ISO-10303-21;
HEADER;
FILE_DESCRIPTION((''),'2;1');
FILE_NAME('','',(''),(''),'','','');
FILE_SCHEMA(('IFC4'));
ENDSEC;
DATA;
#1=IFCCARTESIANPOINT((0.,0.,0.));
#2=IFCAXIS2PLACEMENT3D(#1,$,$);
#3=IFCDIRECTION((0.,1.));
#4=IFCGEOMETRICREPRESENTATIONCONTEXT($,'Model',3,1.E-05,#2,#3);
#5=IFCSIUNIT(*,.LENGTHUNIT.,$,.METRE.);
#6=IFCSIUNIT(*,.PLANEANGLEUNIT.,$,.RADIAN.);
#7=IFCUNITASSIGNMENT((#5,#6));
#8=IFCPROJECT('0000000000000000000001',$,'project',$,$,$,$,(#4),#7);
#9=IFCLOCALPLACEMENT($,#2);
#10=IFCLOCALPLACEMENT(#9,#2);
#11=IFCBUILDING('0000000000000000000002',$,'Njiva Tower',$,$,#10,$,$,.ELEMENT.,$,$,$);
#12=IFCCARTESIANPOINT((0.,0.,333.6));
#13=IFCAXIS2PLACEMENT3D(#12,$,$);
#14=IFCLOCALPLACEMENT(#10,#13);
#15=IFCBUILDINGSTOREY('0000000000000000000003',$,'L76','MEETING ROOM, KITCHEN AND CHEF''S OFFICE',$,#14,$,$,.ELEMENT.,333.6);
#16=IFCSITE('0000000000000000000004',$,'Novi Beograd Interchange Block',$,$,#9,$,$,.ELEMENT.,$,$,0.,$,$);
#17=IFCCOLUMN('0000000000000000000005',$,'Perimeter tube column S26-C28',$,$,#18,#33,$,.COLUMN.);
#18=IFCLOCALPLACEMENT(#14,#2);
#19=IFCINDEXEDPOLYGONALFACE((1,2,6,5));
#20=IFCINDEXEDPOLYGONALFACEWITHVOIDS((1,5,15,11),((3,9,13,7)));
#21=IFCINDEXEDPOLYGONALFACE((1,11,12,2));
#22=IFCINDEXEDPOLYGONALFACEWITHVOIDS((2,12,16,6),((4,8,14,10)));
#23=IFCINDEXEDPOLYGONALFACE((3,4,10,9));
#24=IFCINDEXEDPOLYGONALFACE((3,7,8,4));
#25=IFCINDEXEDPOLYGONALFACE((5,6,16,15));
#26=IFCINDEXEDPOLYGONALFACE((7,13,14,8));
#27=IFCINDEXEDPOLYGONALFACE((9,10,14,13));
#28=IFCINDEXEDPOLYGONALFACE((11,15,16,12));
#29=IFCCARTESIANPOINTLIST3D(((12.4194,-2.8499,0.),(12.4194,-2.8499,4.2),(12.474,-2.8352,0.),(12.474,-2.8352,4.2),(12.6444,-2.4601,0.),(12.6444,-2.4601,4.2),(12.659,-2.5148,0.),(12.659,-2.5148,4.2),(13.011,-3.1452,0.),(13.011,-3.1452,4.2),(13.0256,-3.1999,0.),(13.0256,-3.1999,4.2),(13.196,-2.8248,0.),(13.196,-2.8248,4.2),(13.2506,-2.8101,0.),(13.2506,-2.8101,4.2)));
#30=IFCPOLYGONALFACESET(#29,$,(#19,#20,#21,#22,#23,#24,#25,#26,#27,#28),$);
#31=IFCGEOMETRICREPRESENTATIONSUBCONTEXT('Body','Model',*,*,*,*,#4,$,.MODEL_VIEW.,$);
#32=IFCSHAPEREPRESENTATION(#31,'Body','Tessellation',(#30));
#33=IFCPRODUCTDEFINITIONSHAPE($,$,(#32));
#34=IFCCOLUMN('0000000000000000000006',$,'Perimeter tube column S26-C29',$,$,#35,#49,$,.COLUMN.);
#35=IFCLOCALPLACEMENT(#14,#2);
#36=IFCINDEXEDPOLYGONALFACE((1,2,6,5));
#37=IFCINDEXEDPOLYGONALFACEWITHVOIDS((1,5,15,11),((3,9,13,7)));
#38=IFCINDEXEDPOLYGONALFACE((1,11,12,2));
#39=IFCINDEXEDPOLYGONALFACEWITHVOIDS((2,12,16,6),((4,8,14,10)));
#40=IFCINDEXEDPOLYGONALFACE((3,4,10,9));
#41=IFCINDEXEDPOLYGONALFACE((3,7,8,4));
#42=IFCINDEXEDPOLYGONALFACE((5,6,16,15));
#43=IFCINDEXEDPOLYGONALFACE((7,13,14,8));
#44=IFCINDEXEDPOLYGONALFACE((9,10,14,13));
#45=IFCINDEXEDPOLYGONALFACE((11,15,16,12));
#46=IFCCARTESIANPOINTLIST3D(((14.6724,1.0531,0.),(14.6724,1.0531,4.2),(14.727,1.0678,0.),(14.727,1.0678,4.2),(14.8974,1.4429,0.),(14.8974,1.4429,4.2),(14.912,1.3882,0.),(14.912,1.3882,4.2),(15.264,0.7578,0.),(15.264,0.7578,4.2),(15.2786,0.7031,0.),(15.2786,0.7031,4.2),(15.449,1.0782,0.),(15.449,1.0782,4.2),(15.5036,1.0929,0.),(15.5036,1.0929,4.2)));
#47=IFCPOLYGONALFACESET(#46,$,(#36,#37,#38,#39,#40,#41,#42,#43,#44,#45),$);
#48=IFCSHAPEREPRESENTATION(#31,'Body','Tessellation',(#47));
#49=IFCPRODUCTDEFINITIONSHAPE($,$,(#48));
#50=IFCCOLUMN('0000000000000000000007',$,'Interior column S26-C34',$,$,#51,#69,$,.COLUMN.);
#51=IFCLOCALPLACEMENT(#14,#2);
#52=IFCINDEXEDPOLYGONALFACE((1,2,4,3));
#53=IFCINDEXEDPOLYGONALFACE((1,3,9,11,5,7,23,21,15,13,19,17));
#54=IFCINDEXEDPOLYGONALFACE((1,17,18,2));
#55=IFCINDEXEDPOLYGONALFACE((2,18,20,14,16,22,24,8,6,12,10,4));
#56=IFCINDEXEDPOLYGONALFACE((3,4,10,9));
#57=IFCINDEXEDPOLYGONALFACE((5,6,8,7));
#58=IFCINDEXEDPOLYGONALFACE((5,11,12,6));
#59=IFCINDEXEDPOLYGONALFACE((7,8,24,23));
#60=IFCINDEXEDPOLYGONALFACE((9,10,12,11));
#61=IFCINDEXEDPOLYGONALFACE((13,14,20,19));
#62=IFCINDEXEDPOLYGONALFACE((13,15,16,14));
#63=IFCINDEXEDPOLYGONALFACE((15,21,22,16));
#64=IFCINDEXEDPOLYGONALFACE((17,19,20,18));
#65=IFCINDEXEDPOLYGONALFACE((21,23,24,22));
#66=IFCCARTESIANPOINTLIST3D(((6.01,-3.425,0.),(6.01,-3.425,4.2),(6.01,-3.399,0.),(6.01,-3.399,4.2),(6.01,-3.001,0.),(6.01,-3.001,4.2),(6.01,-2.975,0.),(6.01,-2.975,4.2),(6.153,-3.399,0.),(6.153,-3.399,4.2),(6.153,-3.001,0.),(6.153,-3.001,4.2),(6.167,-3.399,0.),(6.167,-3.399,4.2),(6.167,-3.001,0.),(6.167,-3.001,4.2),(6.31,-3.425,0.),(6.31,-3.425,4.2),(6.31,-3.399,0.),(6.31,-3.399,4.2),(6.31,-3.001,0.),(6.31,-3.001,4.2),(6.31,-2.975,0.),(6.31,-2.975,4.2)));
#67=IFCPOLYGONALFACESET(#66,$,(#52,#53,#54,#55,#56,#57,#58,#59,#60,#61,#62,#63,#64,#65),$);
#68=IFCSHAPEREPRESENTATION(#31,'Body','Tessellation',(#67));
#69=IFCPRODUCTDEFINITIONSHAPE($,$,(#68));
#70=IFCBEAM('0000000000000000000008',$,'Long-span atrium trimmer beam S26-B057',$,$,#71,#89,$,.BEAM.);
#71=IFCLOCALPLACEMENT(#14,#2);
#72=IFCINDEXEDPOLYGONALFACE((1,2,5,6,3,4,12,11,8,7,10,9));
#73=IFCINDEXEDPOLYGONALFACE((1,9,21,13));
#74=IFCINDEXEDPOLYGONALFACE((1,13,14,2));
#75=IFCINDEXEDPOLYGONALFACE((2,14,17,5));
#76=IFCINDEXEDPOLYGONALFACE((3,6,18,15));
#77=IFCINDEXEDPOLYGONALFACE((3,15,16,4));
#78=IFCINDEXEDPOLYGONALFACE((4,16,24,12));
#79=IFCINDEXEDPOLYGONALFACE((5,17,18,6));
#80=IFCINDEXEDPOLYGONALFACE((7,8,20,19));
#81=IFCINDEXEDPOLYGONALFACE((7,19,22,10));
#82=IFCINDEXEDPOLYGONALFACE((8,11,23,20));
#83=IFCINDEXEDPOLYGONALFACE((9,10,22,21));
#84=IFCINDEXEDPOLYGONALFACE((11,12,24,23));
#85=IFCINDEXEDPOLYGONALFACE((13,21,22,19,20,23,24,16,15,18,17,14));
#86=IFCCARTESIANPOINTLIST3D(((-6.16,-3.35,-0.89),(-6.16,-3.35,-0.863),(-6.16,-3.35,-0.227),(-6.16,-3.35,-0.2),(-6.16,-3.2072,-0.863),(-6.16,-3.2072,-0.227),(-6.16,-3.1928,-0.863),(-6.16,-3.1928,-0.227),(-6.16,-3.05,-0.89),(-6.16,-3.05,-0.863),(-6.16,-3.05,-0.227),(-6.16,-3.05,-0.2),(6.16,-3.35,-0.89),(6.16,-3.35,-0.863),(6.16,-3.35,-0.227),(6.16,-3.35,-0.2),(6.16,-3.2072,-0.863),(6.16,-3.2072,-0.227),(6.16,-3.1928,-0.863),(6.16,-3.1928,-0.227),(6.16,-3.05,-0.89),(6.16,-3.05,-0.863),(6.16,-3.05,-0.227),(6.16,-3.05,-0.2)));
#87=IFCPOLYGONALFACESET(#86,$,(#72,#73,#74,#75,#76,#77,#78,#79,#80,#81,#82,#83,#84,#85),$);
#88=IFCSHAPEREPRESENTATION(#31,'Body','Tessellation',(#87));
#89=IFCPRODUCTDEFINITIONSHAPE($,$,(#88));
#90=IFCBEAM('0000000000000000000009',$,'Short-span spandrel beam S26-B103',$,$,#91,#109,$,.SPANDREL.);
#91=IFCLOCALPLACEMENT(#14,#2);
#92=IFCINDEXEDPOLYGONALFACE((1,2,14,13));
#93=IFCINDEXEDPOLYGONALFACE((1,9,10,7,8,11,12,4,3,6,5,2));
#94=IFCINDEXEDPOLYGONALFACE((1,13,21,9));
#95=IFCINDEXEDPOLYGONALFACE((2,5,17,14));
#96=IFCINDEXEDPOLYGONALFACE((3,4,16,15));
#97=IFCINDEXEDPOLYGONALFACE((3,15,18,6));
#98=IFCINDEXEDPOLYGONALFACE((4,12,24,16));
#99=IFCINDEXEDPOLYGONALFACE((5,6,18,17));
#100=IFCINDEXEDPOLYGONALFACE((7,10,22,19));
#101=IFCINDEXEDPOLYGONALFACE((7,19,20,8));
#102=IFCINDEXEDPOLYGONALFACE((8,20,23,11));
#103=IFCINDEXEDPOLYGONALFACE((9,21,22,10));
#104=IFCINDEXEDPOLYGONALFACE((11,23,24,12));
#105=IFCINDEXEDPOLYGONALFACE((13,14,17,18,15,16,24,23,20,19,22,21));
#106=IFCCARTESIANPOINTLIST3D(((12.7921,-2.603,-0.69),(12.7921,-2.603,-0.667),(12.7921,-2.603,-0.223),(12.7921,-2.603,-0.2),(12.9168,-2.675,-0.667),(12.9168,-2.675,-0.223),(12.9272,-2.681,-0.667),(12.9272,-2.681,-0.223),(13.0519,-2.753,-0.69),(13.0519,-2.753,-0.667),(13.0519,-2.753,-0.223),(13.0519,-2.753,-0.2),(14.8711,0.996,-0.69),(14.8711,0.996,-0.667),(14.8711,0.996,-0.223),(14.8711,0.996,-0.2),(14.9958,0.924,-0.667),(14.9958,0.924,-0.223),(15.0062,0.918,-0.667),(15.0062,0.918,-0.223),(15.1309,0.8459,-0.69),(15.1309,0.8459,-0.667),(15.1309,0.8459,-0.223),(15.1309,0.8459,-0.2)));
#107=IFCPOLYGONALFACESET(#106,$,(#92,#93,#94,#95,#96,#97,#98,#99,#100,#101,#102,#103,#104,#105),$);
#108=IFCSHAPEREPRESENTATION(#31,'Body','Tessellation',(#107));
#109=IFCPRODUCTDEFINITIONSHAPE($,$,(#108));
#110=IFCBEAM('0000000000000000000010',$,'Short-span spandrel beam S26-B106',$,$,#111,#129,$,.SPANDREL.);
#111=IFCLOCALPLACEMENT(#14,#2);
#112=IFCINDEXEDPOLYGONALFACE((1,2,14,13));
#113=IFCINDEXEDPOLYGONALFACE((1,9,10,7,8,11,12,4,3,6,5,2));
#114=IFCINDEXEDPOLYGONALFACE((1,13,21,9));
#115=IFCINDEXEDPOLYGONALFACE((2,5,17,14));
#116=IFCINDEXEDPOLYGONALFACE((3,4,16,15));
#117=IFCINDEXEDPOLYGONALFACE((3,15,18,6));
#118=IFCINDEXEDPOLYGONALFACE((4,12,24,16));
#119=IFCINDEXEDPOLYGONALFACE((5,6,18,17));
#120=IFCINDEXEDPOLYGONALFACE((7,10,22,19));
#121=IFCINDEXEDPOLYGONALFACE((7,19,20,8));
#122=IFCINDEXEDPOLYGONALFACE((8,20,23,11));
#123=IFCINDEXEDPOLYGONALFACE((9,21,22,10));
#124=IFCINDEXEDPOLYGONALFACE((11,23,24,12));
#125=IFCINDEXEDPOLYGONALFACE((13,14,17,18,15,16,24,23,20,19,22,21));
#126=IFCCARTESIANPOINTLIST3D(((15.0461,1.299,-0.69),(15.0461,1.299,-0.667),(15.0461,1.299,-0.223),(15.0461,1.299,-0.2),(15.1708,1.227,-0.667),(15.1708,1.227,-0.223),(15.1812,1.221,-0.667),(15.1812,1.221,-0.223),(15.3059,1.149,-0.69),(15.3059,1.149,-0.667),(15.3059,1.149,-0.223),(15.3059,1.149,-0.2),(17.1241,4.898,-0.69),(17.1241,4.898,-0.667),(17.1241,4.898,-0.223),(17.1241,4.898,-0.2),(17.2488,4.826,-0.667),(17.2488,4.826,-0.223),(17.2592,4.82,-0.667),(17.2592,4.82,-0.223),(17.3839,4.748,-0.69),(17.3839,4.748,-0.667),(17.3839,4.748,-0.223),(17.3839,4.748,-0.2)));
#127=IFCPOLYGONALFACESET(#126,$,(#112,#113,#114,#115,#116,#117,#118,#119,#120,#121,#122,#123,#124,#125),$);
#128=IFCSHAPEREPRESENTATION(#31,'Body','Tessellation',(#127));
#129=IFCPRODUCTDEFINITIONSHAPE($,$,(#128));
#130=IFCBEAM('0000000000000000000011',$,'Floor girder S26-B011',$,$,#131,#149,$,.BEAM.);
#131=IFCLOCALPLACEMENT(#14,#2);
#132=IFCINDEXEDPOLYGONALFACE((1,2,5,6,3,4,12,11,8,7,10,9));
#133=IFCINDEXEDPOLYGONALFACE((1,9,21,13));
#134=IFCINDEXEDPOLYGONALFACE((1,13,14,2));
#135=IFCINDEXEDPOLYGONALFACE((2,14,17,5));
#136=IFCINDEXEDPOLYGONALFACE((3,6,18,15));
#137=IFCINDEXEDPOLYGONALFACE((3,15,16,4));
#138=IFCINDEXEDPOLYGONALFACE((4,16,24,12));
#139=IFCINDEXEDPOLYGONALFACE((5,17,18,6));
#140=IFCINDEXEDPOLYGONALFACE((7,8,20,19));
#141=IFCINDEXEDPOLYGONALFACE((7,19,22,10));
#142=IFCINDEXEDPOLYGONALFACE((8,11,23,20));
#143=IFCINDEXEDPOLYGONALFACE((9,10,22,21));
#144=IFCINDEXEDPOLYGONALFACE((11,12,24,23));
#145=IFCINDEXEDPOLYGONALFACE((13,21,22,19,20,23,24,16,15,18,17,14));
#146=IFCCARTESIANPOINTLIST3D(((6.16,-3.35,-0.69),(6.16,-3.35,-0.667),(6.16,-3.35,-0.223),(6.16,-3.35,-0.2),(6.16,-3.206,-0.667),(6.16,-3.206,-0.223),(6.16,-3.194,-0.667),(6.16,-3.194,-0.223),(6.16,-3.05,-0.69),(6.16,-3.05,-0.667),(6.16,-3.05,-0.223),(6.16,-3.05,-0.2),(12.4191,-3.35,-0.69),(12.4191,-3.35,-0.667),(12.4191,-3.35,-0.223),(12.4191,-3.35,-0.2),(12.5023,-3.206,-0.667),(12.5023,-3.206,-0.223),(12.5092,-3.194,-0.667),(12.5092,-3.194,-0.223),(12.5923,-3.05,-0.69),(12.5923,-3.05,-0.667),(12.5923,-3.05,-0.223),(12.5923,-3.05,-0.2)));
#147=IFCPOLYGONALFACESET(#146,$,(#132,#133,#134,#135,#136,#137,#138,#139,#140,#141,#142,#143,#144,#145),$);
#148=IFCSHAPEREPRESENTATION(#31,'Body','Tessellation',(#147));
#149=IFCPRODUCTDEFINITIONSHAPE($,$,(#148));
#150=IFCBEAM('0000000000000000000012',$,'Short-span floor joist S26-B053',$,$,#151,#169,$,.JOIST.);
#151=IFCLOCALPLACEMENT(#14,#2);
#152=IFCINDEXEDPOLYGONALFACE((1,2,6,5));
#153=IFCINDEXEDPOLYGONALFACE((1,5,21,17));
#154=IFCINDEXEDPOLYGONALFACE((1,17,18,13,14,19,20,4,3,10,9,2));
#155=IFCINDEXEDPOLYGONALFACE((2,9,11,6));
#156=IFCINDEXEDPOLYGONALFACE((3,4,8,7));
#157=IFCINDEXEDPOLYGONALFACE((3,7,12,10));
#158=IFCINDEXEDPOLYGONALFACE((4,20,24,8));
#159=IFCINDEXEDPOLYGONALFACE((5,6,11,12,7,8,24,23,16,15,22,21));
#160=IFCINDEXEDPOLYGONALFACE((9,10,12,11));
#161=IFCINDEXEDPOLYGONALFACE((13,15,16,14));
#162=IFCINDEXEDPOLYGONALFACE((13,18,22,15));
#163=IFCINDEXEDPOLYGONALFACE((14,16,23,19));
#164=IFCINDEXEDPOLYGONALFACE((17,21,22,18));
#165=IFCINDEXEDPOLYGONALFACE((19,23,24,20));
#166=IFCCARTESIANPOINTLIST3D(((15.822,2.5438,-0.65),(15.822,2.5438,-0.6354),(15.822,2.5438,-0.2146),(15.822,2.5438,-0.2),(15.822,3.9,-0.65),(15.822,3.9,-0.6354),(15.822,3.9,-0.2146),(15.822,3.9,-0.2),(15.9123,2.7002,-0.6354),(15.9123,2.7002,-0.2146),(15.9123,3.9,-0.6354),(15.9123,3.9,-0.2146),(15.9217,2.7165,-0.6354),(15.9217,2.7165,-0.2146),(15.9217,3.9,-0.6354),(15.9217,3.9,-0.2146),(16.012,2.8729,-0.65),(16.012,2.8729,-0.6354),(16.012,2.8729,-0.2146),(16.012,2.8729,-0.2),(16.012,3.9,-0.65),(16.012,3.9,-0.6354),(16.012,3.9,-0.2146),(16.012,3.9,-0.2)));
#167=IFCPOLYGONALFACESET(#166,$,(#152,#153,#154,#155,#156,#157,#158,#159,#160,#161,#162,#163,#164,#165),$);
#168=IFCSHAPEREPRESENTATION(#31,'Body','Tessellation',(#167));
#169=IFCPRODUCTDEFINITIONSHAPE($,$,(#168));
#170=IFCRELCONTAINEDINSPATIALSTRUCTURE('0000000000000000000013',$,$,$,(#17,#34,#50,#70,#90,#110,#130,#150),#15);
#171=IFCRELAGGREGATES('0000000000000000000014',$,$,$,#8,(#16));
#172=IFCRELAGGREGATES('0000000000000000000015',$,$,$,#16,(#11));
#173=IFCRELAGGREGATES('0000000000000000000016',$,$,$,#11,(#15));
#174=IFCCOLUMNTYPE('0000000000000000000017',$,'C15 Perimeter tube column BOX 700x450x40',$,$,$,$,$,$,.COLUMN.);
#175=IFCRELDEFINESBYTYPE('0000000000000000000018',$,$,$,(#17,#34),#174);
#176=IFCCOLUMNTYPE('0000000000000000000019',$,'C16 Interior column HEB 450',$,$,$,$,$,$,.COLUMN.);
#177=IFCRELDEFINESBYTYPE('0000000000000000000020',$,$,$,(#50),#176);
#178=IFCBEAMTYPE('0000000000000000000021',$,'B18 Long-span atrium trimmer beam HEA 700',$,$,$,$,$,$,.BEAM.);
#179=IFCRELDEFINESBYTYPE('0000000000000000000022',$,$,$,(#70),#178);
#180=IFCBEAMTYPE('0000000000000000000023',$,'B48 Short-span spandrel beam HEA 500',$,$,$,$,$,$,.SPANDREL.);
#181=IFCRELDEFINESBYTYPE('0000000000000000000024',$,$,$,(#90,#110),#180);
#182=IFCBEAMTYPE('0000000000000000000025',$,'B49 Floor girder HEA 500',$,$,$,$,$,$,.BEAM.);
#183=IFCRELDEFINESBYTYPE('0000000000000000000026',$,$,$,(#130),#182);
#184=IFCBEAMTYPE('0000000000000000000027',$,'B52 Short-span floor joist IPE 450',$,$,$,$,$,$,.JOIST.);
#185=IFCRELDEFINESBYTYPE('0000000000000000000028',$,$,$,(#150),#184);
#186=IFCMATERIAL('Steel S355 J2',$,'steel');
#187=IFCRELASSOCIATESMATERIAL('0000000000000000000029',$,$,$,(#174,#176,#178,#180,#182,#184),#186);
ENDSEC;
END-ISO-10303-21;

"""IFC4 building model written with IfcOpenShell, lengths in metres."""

from ifc_helpers import new_model, si_unit, direction, frame, origin, origin_2d, place, context, subcontext, project, spatial, hollow_rectangle, i_section, extrude, clip, halfspace, material, material_profile, profile_set, type_object, element, save


model = new_model("IFC4")

# Units and contexts
model_context = context("Model", 3, precision=1e-05, world=origin(), true_north=direction((0.0, 1.0)))
body_context = subcontext(model_context, "Body", "Model", "MODEL_VIEW")
ifc_project = project(units=[si_unit("LENGTHUNIT", "METRE"), si_unit("PLANEANGLEUNIT", "RADIAN")], contexts=[model_context])

# Site, building, storey
site_placement = place(None, origin())
site = spatial("IfcSite", under=ifc_project, at=site_placement, Name="Novi Beograd Interchange Block", CompositionType="ELEMENT", RefElevation=0.0)
building_placement = place(site_placement, origin())
building = spatial("IfcBuilding", under=site, at=building_placement, Name="Njiva Tower", CompositionType="ELEMENT")
storey_placement = place(building_placement, frame((0.0, 0.0, 333.6)))
storey = spatial("IfcBuildingStorey", under=building, at=storey_placement, Name="L76", Description="MEETING ROOM, KITCHEN AND CHEF'S OFFICE", CompositionType="ELEMENT", Elevation=333.6)

# Columns
ifc_material_1 = material(Name="Steel S355 J2", Category="steel")
ifc_material_profile_1 = material_profile(ifc_material_1, hollow_rectangle(XDim=0.45, YDim=0.7, WallThickness=0.04, at=origin_2d()), Name="BOX 700x450x40")
ifc_profile_set_1 = profile_set([ifc_material_profile_1], Name="Steel S355 J2")
column_type_1 = type_object("IfcColumnType", Name="C15 Perimeter tube column BOX 700x450x40", PredefinedType="COLUMN", material=ifc_profile_set_1)
for number, where, z_axis, x_axis, name in (
    (1, (12.835, -2.83, 0.0), (0.0, 0.0, 1.0), (0.5, 0.866025, 0.0), "Perimeter tube column S26-C28"),
    (2, (15.088, 1.073, 0.0), (0.0, 0.0, 1.0), (0.5, 0.866025, 0.0), "Perimeter tube column S26-C29"),
):
    element("IfcColumn", number, at=place(storey_placement, frame(where, z_axis=z_axis, x_axis=x_axis)), inside=storey, type_object=column_type_1, Name=name, PredefinedType="COLUMN", context=body_context, shape_type="SweptSolid", body=[
        extrude(hollow_rectangle(XDim=0.45, YDim=0.7, WallThickness=0.04, at=origin_2d()), origin(), (0.0, 0.0, 1.0), 4.2),
    ])
ifc_material_profile_2 = material_profile(ifc_material_1, i_section(OverallWidth=0.3, OverallDepth=0.45, WebThickness=0.014, FlangeThickness=0.026, at=origin_2d()), Name="HEB 450")
ifc_profile_set_2 = profile_set([ifc_material_profile_2], Name="Steel S355 J2")
column_type_2 = type_object("IfcColumnType", Name="C16 Interior column HEB 450", PredefinedType="COLUMN", material=ifc_profile_set_2)
column_placement = place(storey_placement, frame((6.16, -3.2, 0.0), z_axis=(0.0, 0.0, 1.0), x_axis=(1.0, 0.0, 0.0)))
element("IfcColumn", 3, at=column_placement, inside=storey, type_object=column_type_2, Name="Interior column S26-C34", PredefinedType="COLUMN", context=body_context, shape_type="SweptSolid", body=[
    extrude(i_section(OverallWidth=0.3, OverallDepth=0.45, WebThickness=0.014, FlangeThickness=0.026, at=origin_2d()), origin(), (0.0, 0.0, 1.0), 4.2),
])

# Beams
ifc_material_profile_3 = material_profile(ifc_material_1, i_section(OverallWidth=0.3, OverallDepth=0.69, WebThickness=0.0145, FlangeThickness=0.027, at=origin_2d()), Name="HEA 700")
ifc_profile_set_3 = profile_set([ifc_material_profile_3], Name="Steel S355 J2")
beam_type_1 = type_object("IfcBeamType", Name="B18 Long-span atrium trimmer beam HEA 700", PredefinedType="BEAM", material=ifc_profile_set_3)
beam_1_placement = place(storey_placement, frame((6.16, -3.2, -0.545), z_axis=(-1.0, 0.0, 0.0), x_axis=(0.0, -1.0, 0.0)))
element("IfcBeam", 4, at=beam_1_placement, inside=storey, type_object=beam_type_1, Name="Long-span atrium trimmer beam S26-B057", PredefinedType="BEAM", context=body_context, shape_type="SweptSolid", body=[
    extrude(i_section(OverallWidth=0.3, OverallDepth=0.69, WebThickness=0.0145, FlangeThickness=0.027, at=origin_2d()), origin(), (0.0, 0.0, 1.0), 12.32),
])
ifc_material_profile_4 = material_profile(ifc_material_1, i_section(OverallWidth=0.3, OverallDepth=0.49, WebThickness=0.012, FlangeThickness=0.023, at=origin_2d()), Name="HEA 500")
ifc_profile_set_4 = profile_set([ifc_material_profile_4], Name="Steel S355 J2")
beam_type_2 = type_object("IfcBeamType", Name="B48 Short-span spandrel beam HEA 500", PredefinedType="SPANDREL", material=ifc_profile_set_4)
beam_2_placement = place(storey_placement, frame((12.922, -2.678, -0.445), z_axis=(0.500201, 0.865909, 0.0), x_axis=(-0.865909, 0.500201, 0.0)))
element("IfcBeam", 5, at=beam_2_placement, inside=storey, type_object=beam_type_2, Name="Short-span spandrel beam S26-B103", PredefinedType="SPANDREL", context=body_context, shape_type="SweptSolid", body=[
    extrude(i_section(OverallWidth=0.3, OverallDepth=0.49, WebThickness=0.012, FlangeThickness=0.023, at=origin_2d()), origin(), (0.0, 0.0, 1.0), 4.1563),
])
beam_3_placement = place(storey_placement, frame((15.176, 1.224, -0.445), z_axis=(0.500021, 0.866013, 0.0), x_axis=(-0.866013, 0.500021, 0.0)))
element("IfcBeam", 6, at=beam_3_placement, inside=storey, type_object=beam_type_2, Name="Short-span spandrel beam S26-B106", PredefinedType="SPANDREL", context=body_context, shape_type="SweptSolid", body=[
    extrude(i_section(OverallWidth=0.3, OverallDepth=0.49, WebThickness=0.012, FlangeThickness=0.023, at=origin_2d()), origin(), (0.0, 0.0, 1.0), 4.1558),
])
ifc_material_profile_5 = material_profile(ifc_material_1, i_section(OverallWidth=0.3, OverallDepth=0.49, WebThickness=0.012, FlangeThickness=0.023, at=origin_2d()), Name="HEA 500")
ifc_profile_set_5 = profile_set([ifc_material_profile_5], Name="Steel S355 J2")
beam_type_3 = type_object("IfcBeamType", Name="B49 Floor girder HEA 500", PredefinedType="BEAM", material=ifc_profile_set_5)
beam_4_placement = place(storey_placement, frame((6.16, -3.2, -0.445), z_axis=(1.0, 0.0, 0.0), x_axis=(0.0, 1.0, 0.0)))
element("IfcBeam", 7, at=beam_4_placement, inside=storey, type_object=beam_type_3, Name="Floor girder S26-B011", PredefinedType="BEAM", context=body_context, shape_type="Clipping", body=[
    clip(extrude(i_section(OverallWidth=0.3, OverallDepth=0.49, WebThickness=0.012, FlangeThickness=0.023, at=origin_2d()), origin(), (0.0, 0.0, 1.0), 6.453), halfspace(frame((-0.025, 0.0, 6.3313), z_axis=(-0.499998, 0.0, 0.866027), x_axis=(0.0, 1.0, 0.0)), False)),
])
ifc_material_profile_6 = material_profile(ifc_material_1, i_section(OverallWidth=0.19, OverallDepth=0.45, WebThickness=0.0094, FlangeThickness=0.0146, at=origin_2d()), Name="IPE 450")
ifc_profile_set_6 = profile_set([ifc_material_profile_6], Name="Steel S355 J2")
beam_type_4 = type_object("IfcBeamType", Name="B52 Short-span floor joist IPE 450", PredefinedType="JOIST", material=ifc_profile_set_6)
beam_5_placement = place(storey_placement, frame((15.917, 3.9, -0.425), z_axis=(0.0, -1.0, 0.0), x_axis=(1.0, 0.0, 0.0)))
element("IfcBeam", 8, at=beam_5_placement, inside=storey, type_object=beam_type_4, Name="Short-span floor joist S26-B053", PredefinedType="JOIST", context=body_context, shape_type="Clipping", body=[
    clip(extrude(i_section(OverallWidth=0.19, OverallDepth=0.45, WebThickness=0.0094, FlangeThickness=0.0146, at=origin_2d()), origin(), (0.0, 0.0, 1.0), 1.377), halfspace(frame((0.043, 0.0, 1.1172), z_axis=(0.866027, 0.0, 0.499998), x_axis=(0.0, 1.0, 0.0)), False)),
])

save(model, "model.ifc")
